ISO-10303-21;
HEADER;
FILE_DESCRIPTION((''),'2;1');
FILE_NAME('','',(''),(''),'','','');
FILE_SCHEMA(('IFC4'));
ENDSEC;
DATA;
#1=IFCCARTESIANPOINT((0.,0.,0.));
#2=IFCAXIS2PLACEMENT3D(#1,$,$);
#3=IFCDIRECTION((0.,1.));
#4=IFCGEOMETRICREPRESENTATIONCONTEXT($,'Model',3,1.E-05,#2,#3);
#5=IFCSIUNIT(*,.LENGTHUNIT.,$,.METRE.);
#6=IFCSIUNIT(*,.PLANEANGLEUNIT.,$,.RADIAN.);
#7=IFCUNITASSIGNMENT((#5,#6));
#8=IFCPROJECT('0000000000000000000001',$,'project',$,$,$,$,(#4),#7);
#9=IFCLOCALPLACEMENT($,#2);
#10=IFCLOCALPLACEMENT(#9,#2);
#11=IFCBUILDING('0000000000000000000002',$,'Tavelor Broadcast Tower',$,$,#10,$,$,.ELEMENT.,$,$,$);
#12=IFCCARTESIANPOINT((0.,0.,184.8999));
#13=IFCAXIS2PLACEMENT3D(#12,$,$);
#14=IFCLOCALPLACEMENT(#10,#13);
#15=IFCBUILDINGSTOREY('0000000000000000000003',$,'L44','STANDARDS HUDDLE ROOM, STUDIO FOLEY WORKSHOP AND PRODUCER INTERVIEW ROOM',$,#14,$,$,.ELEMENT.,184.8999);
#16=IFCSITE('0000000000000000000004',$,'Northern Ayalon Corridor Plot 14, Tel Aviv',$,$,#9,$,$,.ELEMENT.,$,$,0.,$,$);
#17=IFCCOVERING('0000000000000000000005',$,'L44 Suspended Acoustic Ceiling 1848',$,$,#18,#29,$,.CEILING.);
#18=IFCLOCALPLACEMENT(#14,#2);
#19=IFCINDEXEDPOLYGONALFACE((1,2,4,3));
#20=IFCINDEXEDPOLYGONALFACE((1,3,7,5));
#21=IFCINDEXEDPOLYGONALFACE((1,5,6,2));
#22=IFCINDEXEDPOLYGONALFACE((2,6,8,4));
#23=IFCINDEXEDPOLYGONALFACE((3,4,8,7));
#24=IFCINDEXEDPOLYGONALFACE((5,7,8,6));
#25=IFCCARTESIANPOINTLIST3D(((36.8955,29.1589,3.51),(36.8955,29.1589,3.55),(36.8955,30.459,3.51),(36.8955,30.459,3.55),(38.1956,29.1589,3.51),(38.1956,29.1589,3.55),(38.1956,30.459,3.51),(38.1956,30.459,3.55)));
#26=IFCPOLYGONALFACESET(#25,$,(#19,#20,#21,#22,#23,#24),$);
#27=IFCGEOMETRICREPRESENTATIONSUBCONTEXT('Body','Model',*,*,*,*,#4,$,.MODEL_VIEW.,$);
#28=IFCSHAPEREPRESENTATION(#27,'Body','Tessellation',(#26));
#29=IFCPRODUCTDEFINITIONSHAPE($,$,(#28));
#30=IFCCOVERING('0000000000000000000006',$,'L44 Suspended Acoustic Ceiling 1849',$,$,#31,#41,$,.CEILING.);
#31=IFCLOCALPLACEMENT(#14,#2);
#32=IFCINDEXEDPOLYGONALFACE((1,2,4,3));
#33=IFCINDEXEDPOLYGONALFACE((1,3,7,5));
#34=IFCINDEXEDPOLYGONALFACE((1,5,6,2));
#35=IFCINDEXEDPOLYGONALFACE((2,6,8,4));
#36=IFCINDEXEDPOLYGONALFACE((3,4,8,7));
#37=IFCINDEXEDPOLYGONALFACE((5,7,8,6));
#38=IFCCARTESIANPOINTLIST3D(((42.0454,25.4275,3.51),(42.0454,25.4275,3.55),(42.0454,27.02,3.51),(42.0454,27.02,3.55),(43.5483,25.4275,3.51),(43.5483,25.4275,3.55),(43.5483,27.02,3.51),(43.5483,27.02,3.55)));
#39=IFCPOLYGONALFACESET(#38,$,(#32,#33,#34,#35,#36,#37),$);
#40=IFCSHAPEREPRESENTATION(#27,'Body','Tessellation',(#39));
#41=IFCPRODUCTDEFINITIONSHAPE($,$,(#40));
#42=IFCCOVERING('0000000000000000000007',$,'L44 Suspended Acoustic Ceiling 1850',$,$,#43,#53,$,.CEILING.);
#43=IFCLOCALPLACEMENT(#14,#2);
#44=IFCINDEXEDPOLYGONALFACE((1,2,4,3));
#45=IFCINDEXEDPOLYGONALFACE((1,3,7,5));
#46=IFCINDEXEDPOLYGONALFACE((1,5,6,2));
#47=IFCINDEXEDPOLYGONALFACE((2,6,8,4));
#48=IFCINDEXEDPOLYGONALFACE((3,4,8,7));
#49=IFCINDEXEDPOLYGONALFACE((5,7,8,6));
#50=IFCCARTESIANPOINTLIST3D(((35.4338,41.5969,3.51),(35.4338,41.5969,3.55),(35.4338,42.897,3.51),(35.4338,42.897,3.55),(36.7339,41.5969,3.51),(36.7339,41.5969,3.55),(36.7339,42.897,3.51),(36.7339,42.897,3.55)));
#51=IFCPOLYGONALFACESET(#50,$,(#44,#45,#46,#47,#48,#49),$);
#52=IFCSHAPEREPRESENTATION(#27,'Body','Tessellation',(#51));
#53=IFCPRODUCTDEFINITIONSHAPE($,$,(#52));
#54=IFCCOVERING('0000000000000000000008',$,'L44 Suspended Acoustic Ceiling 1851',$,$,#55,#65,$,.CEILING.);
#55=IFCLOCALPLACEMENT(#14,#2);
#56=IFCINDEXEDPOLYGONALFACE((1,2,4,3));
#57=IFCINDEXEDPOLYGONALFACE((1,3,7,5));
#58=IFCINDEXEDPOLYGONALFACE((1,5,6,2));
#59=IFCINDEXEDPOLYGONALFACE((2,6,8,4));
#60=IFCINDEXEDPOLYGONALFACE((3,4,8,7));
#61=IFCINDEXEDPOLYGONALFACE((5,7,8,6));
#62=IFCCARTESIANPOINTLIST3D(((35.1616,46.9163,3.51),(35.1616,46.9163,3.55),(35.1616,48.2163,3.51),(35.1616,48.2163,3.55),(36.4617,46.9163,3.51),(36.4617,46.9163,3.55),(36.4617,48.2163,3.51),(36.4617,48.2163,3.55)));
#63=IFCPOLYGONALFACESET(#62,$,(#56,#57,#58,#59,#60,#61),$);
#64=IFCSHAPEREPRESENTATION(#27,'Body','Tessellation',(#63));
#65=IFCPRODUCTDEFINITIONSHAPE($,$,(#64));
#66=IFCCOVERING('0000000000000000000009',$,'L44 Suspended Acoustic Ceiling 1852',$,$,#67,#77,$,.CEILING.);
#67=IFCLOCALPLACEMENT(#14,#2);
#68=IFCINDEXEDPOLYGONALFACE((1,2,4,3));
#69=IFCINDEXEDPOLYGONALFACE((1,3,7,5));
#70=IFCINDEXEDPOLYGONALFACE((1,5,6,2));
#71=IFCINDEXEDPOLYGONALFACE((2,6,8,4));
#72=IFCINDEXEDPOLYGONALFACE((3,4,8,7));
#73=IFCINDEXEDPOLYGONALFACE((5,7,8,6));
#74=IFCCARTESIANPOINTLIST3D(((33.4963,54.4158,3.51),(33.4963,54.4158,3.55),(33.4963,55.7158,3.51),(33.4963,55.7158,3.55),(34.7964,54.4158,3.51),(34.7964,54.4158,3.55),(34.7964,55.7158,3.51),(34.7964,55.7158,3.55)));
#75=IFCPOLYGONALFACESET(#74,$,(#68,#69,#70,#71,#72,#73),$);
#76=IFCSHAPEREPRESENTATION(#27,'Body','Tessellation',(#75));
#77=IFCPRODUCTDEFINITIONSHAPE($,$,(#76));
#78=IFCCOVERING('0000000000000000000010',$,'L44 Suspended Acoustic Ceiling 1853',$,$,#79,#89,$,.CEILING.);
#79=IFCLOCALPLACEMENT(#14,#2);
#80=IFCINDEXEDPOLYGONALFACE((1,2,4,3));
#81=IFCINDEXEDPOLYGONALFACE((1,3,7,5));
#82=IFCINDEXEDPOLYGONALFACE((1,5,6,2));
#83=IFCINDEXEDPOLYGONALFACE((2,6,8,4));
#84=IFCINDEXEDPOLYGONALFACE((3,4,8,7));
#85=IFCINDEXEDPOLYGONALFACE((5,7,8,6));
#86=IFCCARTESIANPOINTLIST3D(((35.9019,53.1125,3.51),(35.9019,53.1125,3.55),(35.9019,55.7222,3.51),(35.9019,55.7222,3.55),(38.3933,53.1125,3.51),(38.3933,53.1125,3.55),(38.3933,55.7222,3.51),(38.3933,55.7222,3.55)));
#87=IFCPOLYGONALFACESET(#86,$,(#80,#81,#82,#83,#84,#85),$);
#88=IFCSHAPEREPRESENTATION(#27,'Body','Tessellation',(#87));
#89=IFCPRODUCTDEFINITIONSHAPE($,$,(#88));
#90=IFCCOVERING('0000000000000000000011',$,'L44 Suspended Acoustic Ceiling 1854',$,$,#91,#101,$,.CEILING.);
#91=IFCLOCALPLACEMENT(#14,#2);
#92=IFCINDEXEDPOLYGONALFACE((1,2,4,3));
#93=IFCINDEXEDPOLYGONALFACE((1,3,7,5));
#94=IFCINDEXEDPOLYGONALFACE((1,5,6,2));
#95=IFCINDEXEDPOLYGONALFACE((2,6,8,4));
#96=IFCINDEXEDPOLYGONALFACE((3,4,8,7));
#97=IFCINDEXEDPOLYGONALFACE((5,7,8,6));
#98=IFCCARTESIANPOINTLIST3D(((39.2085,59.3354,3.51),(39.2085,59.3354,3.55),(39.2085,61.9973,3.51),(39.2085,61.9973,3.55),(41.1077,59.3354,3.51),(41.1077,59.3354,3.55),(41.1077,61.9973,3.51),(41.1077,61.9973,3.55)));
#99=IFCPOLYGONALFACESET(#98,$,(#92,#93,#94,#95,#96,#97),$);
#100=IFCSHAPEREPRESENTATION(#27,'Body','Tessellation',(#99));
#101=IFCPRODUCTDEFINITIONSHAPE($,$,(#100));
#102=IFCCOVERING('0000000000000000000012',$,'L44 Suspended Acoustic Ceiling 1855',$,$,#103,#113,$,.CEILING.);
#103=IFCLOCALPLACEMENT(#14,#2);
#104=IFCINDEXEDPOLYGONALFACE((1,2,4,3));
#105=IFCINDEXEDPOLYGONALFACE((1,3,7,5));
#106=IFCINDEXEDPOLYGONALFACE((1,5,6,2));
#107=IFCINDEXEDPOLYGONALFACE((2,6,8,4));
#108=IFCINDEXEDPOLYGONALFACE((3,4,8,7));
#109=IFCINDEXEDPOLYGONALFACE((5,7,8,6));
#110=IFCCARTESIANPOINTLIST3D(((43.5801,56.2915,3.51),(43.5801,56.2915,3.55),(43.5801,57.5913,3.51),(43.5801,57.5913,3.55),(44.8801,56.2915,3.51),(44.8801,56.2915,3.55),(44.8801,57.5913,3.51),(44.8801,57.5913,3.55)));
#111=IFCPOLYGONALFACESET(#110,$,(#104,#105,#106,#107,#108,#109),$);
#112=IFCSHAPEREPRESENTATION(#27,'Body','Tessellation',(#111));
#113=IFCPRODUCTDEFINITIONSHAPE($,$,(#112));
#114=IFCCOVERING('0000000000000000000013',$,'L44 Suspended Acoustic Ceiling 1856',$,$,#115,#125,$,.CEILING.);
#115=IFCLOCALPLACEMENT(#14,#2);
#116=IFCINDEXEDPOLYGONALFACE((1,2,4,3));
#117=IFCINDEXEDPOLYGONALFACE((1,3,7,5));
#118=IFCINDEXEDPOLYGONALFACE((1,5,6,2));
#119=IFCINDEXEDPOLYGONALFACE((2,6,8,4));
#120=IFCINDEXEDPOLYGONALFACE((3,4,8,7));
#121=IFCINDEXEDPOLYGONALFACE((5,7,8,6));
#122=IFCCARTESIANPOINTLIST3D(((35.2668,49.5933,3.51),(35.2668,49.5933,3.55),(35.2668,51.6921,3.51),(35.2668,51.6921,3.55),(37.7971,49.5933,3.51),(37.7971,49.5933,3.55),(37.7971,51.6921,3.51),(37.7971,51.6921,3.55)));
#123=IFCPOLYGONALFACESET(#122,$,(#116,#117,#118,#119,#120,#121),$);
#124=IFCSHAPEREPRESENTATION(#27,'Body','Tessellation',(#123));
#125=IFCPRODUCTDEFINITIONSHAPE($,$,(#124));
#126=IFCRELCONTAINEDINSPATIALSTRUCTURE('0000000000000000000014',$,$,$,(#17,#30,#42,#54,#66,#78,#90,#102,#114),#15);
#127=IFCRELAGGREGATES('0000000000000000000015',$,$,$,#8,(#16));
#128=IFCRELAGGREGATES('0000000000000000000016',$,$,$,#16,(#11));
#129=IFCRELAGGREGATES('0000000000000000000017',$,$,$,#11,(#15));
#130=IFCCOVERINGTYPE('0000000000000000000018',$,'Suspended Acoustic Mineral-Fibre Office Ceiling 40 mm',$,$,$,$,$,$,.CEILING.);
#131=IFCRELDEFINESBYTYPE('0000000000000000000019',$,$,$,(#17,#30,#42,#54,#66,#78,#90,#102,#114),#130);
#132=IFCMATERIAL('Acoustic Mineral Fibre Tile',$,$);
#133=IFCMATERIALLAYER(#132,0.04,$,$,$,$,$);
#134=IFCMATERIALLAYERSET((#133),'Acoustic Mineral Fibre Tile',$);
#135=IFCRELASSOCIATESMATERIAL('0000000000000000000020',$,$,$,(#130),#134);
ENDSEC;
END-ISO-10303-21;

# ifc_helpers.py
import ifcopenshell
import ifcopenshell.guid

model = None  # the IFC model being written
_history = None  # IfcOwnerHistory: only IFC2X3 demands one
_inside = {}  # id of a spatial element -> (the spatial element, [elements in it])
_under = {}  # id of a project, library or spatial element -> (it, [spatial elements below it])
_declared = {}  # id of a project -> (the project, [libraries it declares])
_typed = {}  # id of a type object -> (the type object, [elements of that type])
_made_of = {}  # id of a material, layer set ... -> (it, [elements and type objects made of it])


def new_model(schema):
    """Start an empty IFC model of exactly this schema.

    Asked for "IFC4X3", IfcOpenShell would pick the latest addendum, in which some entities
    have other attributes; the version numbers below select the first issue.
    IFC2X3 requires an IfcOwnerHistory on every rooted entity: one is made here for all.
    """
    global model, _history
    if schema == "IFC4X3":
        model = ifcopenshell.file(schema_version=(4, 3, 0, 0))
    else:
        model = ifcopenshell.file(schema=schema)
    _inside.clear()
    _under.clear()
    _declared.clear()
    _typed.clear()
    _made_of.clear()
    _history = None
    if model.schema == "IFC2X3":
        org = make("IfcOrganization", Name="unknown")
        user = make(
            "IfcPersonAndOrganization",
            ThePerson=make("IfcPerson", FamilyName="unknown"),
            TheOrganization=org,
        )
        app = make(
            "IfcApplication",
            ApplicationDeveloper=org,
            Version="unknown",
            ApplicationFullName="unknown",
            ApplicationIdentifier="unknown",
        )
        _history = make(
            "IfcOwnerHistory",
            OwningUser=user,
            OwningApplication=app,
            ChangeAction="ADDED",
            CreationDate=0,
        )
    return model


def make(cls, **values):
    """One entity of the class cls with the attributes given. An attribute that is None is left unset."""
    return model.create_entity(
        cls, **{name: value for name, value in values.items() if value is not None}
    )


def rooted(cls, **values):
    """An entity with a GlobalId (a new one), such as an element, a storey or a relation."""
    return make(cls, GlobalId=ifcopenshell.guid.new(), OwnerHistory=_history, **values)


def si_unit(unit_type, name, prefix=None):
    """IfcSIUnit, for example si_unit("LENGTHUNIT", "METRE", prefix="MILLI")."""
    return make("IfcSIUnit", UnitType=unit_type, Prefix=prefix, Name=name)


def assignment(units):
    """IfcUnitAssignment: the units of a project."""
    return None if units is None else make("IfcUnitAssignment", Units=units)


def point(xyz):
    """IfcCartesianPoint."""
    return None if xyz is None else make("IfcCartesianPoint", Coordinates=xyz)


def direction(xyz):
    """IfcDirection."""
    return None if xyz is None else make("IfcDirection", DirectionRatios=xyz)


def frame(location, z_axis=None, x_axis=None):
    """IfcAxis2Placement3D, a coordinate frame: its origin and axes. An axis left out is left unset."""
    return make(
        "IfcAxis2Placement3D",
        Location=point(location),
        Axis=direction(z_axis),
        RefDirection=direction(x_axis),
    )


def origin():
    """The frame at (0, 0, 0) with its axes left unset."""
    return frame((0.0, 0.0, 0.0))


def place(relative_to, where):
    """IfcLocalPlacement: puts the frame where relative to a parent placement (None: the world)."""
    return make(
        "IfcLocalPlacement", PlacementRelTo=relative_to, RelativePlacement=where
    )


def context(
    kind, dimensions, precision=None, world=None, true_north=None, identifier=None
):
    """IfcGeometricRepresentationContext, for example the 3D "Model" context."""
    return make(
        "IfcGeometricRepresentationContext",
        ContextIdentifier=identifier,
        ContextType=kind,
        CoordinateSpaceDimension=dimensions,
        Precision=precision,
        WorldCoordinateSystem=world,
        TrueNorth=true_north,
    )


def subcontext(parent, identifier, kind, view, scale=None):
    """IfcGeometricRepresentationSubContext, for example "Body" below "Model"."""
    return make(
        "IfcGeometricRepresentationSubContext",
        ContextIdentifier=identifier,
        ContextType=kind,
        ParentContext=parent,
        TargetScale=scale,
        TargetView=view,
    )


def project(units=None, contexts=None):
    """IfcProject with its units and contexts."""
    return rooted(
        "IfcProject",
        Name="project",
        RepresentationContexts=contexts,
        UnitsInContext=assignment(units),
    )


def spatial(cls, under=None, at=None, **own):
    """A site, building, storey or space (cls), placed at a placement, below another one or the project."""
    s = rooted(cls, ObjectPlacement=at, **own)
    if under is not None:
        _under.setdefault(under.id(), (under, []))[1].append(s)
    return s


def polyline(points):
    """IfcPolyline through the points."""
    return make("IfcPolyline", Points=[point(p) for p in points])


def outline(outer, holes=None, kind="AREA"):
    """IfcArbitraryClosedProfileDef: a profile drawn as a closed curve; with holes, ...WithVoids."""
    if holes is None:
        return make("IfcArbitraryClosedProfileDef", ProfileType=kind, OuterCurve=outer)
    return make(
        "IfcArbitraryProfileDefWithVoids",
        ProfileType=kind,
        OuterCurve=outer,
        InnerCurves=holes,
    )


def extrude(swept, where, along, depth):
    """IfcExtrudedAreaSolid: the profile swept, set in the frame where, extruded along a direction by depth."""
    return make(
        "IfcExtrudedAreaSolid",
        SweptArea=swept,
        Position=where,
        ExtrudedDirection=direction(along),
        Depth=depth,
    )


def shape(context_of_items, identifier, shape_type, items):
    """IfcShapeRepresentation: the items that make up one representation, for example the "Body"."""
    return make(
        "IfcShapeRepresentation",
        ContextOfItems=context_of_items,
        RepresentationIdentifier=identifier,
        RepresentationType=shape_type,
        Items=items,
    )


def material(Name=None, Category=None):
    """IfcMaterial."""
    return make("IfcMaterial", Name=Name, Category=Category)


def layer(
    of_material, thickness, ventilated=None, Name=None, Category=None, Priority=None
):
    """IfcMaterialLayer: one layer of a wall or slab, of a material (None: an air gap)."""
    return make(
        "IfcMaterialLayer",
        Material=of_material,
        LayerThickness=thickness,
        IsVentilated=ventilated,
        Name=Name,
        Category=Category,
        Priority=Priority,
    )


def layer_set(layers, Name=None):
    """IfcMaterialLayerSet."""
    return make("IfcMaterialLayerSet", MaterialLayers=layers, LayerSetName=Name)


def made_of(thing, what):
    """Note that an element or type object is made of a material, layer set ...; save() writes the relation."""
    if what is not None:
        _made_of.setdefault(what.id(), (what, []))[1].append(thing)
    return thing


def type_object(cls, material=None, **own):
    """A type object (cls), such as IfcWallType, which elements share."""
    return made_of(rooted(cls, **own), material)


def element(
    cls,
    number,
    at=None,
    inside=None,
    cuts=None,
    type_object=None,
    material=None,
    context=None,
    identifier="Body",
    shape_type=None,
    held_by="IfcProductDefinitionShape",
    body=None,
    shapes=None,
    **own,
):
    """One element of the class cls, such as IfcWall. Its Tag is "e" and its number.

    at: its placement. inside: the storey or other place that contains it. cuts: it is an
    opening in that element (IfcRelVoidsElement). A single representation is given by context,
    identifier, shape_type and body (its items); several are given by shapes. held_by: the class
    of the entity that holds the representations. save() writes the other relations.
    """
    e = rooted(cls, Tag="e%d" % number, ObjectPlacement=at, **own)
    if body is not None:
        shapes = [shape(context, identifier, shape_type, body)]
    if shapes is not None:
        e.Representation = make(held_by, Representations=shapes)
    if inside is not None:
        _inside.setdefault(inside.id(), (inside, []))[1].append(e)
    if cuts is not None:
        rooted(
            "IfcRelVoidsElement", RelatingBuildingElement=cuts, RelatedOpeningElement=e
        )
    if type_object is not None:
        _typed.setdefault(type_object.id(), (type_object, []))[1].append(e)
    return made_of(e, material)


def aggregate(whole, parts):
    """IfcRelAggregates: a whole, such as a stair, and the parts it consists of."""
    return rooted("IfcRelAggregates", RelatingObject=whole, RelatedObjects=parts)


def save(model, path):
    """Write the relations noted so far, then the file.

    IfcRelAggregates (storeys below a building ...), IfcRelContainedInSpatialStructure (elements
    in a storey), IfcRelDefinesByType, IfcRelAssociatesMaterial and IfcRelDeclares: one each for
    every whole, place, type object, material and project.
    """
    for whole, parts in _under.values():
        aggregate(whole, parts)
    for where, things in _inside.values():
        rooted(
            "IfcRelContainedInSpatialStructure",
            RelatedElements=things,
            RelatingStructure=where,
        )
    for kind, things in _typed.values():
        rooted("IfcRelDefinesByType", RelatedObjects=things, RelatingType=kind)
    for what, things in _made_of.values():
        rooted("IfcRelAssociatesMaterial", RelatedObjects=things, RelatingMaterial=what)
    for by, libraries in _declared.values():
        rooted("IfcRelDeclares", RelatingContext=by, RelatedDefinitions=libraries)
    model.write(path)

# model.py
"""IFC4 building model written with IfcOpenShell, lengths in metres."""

from ifc_helpers import new_model, si_unit, direction, frame, origin, place, context, subcontext, project, spatial, polyline, outline, extrude, material, layer, layer_set, type_object, element, save


model = new_model("IFC4")

# Units and contexts
model_context = context("Model", 3, precision=1e-05, world=origin(), true_north=direction((0.0, 1.0)))
body_context = subcontext(model_context, "Body", "Model", "MODEL_VIEW")
ifc_project = project(units=[si_unit("LENGTHUNIT", "METRE"), si_unit("PLANEANGLEUNIT", "RADIAN")], contexts=[model_context])

# Site, building, storey
site_placement = place(None, origin())
site = spatial("IfcSite", under=ifc_project, at=site_placement, Name="Northern Ayalon Corridor Plot 14, Tel Aviv", CompositionType="ELEMENT", RefElevation=0.0)
building_placement = place(site_placement, origin())
building = spatial("IfcBuilding", under=site, at=building_placement, Name="Tavelor Broadcast Tower", CompositionType="ELEMENT")
storey_placement = place(building_placement, frame((0.0, 0.0, 184.8999)))
storey = spatial("IfcBuildingStorey", under=building, at=storey_placement, Name="L44", Description="STANDARDS HUDDLE ROOM, STUDIO FOLEY WORKSHOP AND PRODUCER INTERVIEW ROOM", CompositionType="ELEMENT", Elevation=184.8999)

# Coverings
ifc_material_1 = material(Name="Acoustic Mineral Fibre Tile")
ifc_layer_1 = layer(ifc_material_1, 0.04)
ifc_layer_set_1 = layer_set([ifc_layer_1], Name="Acoustic Mineral Fibre Tile")
covering_type_1 = type_object("IfcCoveringType", Name="Suspended Acoustic Mineral-Fibre Office Ceiling 40 mm", PredefinedType="CEILING", material=ifc_layer_set_1)
covering_1_placement = place(storey_placement, frame((0.0, 0.0, 3.51)))
element("IfcCovering", 1, at=covering_1_placement, inside=storey, type_object=covering_type_1, Name="L44 Suspended Acoustic Ceiling 1848", PredefinedType="CEILING", context=body_context, shape_type="SweptSolid", body=[
    extrude(outline(polyline([(36.8955, 29.1589), (38.1956, 29.1589), (38.1956, 30.459), (36.8955, 30.459), (36.8955, 29.1589)])), origin(), (0.0, 0.0, 1.0), 0.04),
])
covering_2_placement = place(storey_placement, frame((0.0, 0.0, 3.51)))
element("IfcCovering", 2, at=covering_2_placement, inside=storey, type_object=covering_type_1, Name="L44 Suspended Acoustic Ceiling 1849", PredefinedType="CEILING", context=body_context, shape_type="SweptSolid", body=[
    extrude(outline(polyline([(42.0454, 25.4275), (43.5483, 25.4275), (43.5483, 27.02), (42.0454, 27.02), (42.0454, 25.4275)])), origin(), (0.0, 0.0, 1.0), 0.04),
])
covering_3_placement = place(storey_placement, frame((0.0, 0.0, 3.51)))
element("IfcCovering", 3, at=covering_3_placement, inside=storey, type_object=covering_type_1, Name="L44 Suspended Acoustic Ceiling 1850", PredefinedType="CEILING", context=body_context, shape_type="SweptSolid", body=[
    extrude(outline(polyline([(35.4338, 41.5969), (36.7339, 41.5969), (36.7339, 42.897), (35.4338, 42.897), (35.4338, 41.5969)])), origin(), (0.0, 0.0, 1.0), 0.04),
])
covering_4_placement = place(storey_placement, frame((0.0, 0.0, 3.51)))
element("IfcCovering", 4, at=covering_4_placement, inside=storey, type_object=covering_type_1, Name="L44 Suspended Acoustic Ceiling 1851", PredefinedType="CEILING", context=body_context, shape_type="SweptSolid", body=[
    extrude(outline(polyline([(35.1616, 46.9163), (36.4617, 46.9163), (36.4617, 48.2163), (35.1616, 48.2163), (35.1616, 46.9163)])), origin(), (0.0, 0.0, 1.0), 0.04),
])
covering_5_placement = place(storey_placement, frame((0.0, 0.0, 3.51)))
element("IfcCovering", 5, at=covering_5_placement, inside=storey, type_object=covering_type_1, Name="L44 Suspended Acoustic Ceiling 1852", PredefinedType="CEILING", context=body_context, shape_type="SweptSolid", body=[
    extrude(outline(polyline([(33.4963, 54.4158), (34.7964, 54.4158), (34.7964, 55.7158), (33.4963, 55.7158), (33.4963, 54.4158)])), origin(), (0.0, 0.0, 1.0), 0.04),
])
covering_6_placement = place(storey_placement, frame((0.0, 0.0, 3.51)))
element("IfcCovering", 6, at=covering_6_placement, inside=storey, type_object=covering_type_1, Name="L44 Suspended Acoustic Ceiling 1853", PredefinedType="CEILING", context=body_context, shape_type="SweptSolid", body=[
    extrude(outline(polyline([(35.9019, 53.1125), (38.3933, 53.1125), (38.3933, 55.7222), (35.9019, 55.7222), (35.9019, 53.1125)])), origin(), (0.0, 0.0, 1.0), 0.04),
])
covering_7_placement = place(storey_placement, frame((0.0, 0.0, 3.51)))
element("IfcCovering", 7, at=covering_7_placement, inside=storey, type_object=covering_type_1, Name="L44 Suspended Acoustic Ceiling 1854", PredefinedType="CEILING", context=body_context, shape_type="SweptSolid", body=[
    extrude(outline(polyline([(39.2085, 59.3354), (41.1077, 59.3354), (41.1077, 61.9973), (39.2085, 61.9973), (39.2085, 59.3354)])), origin(), (0.0, 0.0, 1.0), 0.04),
])
covering_8_placement = place(storey_placement, frame((0.0, 0.0, 3.51)))
element("IfcCovering", 8, at=covering_8_placement, inside=storey, type_object=covering_type_1, Name="L44 Suspended Acoustic Ceiling 1855", PredefinedType="CEILING", context=body_context, shape_type="SweptSolid", body=[
    extrude(outline(polyline([(43.5801, 56.2915), (44.8801, 56.2915), (44.8801, 57.5913), (43.5801, 57.5913), (43.5801, 56.2915)])), origin(), (0.0, 0.0, 1.0), 0.04),
])
covering_9_placement = place(storey_placement, frame((0.0, 0.0, 3.51)))
element("IfcCovering", 9, at=covering_9_placement, inside=storey, type_object=covering_type_1, Name="L44 Suspended Acoustic Ceiling 1856", PredefinedType="CEILING", context=body_context, shape_type="SweptSolid", body=[
    extrude(outline(polyline([(35.2668, 49.5933), (37.7971, 49.5933), (37.7971, 51.6921), (35.2668, 51.6921), (35.2668, 49.5933)])), origin(), (0.0, 0.0, 1.0), 0.04),
])

save(model, "model.ifc")
